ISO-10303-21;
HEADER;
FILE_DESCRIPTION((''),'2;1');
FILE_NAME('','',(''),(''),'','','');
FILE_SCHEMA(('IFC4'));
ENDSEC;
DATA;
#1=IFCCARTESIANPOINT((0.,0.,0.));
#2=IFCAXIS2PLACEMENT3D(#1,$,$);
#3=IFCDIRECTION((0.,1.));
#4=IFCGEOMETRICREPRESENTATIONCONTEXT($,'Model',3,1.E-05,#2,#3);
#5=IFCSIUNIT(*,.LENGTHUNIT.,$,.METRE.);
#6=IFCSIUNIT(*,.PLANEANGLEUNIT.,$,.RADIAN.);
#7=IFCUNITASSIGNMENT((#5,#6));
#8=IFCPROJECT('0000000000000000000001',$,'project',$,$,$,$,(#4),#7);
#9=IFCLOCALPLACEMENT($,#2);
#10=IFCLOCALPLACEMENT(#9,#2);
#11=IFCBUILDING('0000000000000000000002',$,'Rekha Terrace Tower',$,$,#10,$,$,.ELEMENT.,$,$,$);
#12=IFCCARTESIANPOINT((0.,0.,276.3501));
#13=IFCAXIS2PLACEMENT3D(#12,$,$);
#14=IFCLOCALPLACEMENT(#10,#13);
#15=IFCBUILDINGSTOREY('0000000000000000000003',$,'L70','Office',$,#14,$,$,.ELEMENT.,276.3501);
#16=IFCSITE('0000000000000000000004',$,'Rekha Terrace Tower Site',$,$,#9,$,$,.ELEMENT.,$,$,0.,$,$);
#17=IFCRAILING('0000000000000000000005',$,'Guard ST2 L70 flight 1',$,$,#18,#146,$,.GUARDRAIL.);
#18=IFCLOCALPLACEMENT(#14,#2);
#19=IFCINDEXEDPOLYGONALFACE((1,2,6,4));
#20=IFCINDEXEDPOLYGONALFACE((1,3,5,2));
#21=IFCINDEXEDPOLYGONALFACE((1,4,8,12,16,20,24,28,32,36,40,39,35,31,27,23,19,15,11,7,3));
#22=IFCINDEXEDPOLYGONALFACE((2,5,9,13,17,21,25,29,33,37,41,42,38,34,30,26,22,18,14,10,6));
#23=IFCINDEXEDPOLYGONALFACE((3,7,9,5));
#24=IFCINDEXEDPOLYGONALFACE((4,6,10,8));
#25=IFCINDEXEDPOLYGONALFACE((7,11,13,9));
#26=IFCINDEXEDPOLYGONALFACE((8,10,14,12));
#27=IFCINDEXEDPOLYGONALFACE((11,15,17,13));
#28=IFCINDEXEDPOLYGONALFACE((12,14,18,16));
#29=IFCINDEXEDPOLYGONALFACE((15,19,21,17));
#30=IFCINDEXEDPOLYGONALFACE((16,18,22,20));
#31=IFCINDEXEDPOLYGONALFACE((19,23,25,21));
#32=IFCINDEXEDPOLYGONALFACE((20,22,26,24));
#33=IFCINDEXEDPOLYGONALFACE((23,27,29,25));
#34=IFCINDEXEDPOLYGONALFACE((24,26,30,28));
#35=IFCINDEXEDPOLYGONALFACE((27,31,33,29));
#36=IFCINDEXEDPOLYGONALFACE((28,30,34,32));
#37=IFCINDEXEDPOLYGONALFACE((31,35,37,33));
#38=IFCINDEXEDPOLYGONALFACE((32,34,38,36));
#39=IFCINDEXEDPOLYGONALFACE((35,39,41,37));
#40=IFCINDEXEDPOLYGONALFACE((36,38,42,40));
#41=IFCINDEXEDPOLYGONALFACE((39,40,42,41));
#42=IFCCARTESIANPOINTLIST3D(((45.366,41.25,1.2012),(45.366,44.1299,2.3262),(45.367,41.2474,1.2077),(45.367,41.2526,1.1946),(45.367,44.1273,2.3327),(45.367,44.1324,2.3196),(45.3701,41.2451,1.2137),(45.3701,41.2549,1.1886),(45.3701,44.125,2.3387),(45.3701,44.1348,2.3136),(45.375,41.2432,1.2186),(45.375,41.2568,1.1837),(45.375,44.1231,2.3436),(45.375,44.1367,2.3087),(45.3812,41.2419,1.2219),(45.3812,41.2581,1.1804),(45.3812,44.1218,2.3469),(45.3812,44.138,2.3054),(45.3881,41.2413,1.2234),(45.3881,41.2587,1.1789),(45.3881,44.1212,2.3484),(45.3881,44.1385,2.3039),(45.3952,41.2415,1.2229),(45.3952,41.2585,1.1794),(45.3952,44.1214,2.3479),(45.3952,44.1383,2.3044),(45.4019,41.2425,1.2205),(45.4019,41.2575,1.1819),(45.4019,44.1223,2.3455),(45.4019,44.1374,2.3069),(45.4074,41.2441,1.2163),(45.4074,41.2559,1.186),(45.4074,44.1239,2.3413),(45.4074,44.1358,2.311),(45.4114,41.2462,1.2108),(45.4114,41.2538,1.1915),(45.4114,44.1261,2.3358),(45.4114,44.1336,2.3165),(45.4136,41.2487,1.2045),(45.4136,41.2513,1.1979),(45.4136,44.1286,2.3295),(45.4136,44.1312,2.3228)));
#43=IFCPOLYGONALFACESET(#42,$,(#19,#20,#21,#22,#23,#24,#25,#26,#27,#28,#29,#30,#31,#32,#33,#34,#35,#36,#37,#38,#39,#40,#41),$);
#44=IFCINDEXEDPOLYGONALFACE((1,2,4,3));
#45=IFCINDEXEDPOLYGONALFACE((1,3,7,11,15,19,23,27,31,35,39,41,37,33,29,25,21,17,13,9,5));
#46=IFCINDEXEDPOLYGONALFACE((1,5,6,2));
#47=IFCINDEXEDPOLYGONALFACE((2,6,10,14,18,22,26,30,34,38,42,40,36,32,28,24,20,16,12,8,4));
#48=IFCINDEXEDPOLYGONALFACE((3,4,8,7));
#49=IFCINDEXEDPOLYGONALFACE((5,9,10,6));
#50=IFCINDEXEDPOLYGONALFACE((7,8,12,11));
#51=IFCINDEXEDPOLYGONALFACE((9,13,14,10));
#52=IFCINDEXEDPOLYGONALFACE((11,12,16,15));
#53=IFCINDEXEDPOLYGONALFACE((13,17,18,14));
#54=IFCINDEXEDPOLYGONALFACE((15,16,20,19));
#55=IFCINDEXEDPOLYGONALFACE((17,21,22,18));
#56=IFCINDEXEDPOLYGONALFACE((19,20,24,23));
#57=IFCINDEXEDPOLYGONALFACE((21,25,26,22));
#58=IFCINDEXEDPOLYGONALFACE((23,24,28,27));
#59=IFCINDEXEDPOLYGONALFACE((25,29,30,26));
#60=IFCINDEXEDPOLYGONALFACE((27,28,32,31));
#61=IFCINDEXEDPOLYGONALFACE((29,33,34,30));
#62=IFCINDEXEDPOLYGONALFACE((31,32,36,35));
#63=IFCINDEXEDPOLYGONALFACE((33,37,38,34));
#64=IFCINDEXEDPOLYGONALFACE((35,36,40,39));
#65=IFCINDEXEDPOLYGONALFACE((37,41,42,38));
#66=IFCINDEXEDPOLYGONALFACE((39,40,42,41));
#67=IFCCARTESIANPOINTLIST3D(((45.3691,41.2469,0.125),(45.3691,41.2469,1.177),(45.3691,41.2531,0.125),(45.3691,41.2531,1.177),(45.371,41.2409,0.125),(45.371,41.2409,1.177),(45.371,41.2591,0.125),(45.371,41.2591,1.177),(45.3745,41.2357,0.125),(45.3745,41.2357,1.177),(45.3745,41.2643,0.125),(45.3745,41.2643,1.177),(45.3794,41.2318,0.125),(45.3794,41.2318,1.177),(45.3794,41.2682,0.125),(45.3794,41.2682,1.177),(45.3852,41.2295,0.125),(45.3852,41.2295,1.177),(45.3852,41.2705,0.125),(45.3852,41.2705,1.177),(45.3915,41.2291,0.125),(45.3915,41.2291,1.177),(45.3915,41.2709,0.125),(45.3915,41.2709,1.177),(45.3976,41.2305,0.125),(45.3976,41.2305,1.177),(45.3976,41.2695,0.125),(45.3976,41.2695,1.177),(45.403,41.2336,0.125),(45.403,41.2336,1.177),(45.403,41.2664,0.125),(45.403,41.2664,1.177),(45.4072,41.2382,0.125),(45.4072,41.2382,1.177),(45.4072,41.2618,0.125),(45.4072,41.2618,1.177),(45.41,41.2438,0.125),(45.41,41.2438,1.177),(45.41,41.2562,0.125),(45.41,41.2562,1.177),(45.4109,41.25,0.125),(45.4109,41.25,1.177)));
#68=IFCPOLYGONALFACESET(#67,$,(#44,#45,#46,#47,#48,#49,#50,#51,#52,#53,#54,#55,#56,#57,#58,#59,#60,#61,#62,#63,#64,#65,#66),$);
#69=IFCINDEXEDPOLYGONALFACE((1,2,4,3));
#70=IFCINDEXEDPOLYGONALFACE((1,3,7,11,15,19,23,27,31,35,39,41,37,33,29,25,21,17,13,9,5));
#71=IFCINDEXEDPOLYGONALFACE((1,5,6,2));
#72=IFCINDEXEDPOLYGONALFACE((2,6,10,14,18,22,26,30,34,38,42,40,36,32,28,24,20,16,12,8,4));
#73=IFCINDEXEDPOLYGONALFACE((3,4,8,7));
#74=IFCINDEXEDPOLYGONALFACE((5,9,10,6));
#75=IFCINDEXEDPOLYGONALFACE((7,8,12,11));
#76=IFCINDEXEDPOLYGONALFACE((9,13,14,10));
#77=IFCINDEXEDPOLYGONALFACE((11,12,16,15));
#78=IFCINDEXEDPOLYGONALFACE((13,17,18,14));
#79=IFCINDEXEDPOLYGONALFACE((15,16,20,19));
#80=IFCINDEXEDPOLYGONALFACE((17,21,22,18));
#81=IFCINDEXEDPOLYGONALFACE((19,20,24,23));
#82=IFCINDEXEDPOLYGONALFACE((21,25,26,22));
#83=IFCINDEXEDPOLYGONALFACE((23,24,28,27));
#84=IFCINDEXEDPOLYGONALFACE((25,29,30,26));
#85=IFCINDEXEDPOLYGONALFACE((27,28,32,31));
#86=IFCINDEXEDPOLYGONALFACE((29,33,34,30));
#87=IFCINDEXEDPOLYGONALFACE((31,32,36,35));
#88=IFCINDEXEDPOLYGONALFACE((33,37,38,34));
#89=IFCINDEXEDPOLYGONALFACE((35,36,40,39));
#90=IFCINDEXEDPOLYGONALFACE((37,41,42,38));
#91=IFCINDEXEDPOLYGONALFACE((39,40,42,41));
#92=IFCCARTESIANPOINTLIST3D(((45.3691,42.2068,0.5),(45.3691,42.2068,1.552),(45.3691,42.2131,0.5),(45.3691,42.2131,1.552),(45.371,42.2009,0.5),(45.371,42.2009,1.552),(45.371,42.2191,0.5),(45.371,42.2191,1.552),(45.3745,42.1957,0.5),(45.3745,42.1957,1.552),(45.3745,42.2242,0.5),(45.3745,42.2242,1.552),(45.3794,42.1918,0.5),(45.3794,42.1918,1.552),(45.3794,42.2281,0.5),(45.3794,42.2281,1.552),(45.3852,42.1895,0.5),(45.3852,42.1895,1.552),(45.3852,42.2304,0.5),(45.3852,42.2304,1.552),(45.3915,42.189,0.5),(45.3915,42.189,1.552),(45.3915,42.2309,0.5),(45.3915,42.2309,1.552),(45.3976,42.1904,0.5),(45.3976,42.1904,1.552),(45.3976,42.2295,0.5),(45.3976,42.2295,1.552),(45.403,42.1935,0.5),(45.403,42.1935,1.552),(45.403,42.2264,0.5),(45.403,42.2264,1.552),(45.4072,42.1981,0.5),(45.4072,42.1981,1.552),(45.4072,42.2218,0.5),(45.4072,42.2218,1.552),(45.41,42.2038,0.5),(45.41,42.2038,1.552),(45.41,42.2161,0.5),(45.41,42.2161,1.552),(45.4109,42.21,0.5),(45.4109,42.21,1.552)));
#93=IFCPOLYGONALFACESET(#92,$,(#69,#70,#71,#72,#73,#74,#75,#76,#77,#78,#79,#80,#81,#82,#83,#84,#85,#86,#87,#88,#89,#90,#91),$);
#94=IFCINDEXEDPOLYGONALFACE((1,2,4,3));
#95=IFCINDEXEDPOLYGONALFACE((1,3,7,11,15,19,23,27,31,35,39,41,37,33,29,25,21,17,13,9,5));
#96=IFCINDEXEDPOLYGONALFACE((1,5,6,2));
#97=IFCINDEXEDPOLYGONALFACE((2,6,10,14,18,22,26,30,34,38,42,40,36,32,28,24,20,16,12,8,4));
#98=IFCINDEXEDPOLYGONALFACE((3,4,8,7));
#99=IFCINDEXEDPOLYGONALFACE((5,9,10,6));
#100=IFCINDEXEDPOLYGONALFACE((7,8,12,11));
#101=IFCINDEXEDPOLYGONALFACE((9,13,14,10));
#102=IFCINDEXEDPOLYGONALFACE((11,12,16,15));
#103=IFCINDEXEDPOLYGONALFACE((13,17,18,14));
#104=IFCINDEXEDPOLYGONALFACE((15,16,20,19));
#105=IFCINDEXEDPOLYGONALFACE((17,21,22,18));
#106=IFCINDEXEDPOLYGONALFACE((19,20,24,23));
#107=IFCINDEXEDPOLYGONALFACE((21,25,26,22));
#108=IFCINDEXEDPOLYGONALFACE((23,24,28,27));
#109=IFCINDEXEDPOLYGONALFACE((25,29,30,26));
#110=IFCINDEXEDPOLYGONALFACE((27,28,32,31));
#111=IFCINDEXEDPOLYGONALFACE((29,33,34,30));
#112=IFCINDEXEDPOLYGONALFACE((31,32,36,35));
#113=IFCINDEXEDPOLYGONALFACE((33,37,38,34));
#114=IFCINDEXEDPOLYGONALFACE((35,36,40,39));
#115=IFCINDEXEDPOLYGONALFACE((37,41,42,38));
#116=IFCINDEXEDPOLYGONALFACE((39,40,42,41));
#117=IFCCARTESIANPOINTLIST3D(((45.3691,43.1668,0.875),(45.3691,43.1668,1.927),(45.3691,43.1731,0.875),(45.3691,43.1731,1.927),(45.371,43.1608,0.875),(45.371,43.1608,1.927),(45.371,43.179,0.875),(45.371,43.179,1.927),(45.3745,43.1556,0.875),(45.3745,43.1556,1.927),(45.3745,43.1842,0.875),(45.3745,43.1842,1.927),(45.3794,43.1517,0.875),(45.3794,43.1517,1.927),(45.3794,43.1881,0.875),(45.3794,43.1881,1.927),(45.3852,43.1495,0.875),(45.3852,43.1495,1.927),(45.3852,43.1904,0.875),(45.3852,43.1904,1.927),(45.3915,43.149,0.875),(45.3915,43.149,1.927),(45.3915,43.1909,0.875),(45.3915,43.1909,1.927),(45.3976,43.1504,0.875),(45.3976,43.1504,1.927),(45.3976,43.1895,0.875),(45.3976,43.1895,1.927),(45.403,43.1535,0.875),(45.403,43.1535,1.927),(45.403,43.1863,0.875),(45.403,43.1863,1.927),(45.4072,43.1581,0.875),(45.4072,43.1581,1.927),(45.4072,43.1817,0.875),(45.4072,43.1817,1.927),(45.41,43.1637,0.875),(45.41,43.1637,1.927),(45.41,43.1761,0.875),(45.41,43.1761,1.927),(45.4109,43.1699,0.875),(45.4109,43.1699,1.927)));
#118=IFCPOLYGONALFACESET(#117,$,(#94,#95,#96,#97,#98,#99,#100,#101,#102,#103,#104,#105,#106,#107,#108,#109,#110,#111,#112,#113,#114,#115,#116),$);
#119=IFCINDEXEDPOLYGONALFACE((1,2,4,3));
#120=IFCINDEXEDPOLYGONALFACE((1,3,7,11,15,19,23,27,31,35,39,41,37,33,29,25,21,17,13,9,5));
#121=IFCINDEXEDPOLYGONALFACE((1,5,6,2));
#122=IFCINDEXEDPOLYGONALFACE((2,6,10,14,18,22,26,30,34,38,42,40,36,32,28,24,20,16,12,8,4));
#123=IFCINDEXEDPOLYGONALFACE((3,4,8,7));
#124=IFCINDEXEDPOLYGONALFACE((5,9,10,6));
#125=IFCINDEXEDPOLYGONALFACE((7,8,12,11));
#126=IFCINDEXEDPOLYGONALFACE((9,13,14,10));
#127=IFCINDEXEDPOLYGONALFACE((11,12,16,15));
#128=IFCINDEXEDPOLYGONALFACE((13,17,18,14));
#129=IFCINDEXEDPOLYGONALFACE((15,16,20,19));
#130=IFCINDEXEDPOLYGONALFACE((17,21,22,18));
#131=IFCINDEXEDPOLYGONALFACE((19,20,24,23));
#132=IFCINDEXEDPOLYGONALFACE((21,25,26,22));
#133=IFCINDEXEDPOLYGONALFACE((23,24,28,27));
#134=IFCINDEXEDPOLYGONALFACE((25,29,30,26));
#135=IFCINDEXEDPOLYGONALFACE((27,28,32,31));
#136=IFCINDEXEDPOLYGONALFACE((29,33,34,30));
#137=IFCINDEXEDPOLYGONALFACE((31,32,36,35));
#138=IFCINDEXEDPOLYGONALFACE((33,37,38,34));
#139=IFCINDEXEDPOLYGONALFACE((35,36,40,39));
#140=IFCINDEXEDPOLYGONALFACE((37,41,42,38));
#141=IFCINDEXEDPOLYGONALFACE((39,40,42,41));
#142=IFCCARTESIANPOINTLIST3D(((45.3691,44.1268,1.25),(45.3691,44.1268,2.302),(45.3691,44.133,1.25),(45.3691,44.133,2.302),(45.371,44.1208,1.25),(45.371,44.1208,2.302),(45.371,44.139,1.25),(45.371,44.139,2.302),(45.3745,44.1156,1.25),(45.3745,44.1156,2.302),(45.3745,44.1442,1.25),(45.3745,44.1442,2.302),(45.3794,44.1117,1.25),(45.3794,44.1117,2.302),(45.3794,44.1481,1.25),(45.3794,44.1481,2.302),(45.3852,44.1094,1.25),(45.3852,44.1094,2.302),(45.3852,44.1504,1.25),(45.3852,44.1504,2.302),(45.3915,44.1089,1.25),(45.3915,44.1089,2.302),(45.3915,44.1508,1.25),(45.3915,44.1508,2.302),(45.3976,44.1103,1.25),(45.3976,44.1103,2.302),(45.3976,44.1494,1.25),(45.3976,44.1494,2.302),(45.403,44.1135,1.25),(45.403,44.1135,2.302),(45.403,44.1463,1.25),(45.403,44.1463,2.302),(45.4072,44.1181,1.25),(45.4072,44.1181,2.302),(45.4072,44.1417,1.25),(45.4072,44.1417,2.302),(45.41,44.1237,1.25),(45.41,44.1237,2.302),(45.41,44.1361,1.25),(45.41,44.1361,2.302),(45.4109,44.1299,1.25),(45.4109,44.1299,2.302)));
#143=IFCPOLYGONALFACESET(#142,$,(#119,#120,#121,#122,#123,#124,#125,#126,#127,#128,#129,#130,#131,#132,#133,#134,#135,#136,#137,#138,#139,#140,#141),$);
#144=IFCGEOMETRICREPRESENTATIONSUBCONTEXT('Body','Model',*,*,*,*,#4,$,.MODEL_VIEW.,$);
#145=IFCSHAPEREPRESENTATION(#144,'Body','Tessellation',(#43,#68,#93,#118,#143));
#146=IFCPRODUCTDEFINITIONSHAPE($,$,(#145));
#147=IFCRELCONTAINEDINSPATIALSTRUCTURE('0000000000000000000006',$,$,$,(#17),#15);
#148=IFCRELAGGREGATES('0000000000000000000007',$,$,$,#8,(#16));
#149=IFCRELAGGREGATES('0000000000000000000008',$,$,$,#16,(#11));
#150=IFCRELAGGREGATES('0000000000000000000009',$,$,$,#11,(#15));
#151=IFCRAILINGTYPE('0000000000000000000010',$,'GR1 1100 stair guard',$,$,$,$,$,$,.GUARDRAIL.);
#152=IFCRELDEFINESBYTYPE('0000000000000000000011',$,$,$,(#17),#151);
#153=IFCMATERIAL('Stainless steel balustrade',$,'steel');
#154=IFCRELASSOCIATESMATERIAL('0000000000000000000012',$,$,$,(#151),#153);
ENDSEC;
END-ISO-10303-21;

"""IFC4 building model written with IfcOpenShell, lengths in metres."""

from ifc_helpers import new_model, si_unit, direction, frame, origin, origin_2d, place, context, subcontext, project, spatial, circle, extrude, material, type_object, element, save


model = new_model("IFC4")

# Units and contexts
model_context = context("Model", 3, precision=1e-05, world=origin(), true_north=direction((0.0, 1.0)))
body_context = subcontext(model_context, "Body", "Model", "MODEL_VIEW")
ifc_project = project(units=[si_unit("LENGTHUNIT", "METRE"), si_unit("PLANEANGLEUNIT", "RADIAN")], contexts=[model_context])

# Site, building, storey
site_placement = place(None, origin())
site = spatial("IfcSite", under=ifc_project, at=site_placement, Name="Rekha Terrace Tower Site", CompositionType="ELEMENT", RefElevation=0.0)
building_placement = place(site_placement, origin())
building = spatial("IfcBuilding", under=site, at=building_placement, Name="Rekha Terrace Tower", CompositionType="ELEMENT")
storey_placement = place(building_placement, frame((0.0, 0.0, 276.3501)))
storey = spatial("IfcBuildingStorey", under=building, at=storey_placement, Name="L70", Description="Office", CompositionType="ELEMENT", Elevation=276.3501)

# Railing
ifc_material_1 = material(Name="Stainless steel balustrade", Category="steel")
railing_type_1 = type_object("IfcRailingType", Name="GR1 1100 stair guard", PredefinedType="GUARDRAIL", material=ifc_material_1)
railing_1_placement = place(storey_placement, frame((45.3899, 41.25, 0.125)))
element("IfcRailing", 1, at=railing_1_placement, inside=storey, type_object=railing_type_1, Name="Guard ST2 L70 flight 1", PredefinedType="GUARDRAIL", context=body_context, shape_type="SweptSolid", body=[
    extrude(circle(Radius=0.0239, at=origin_2d()), frame((0.0, 0.0, 1.0762), z_axis=(0.0, 0.931452, 0.363863), x_axis=(-1.0, 0.0, 0.0)), (0.0, 0.0, 1.0), 3.0918),
    extrude(circle(Radius=0.021, at=origin_2d()), origin(), (0.0, 0.0, 1.0), 1.052),
    extrude(circle(Radius=0.021, at=origin_2d()), frame((0.0, 0.96, 0.375)), (0.0, 0.0, 1.0), 1.052),
    extrude(circle(Radius=0.021, at=origin_2d()), frame((0.0, 1.9199, 0.75)), (0.0, 0.0, 1.0), 1.052),
    extrude(circle(Radius=0.021, at=origin_2d()), frame((0.0, 2.8799, 1.125)), (0.0, 0.0, 1.0), 1.052),
])

save(model, "model.ifc")
